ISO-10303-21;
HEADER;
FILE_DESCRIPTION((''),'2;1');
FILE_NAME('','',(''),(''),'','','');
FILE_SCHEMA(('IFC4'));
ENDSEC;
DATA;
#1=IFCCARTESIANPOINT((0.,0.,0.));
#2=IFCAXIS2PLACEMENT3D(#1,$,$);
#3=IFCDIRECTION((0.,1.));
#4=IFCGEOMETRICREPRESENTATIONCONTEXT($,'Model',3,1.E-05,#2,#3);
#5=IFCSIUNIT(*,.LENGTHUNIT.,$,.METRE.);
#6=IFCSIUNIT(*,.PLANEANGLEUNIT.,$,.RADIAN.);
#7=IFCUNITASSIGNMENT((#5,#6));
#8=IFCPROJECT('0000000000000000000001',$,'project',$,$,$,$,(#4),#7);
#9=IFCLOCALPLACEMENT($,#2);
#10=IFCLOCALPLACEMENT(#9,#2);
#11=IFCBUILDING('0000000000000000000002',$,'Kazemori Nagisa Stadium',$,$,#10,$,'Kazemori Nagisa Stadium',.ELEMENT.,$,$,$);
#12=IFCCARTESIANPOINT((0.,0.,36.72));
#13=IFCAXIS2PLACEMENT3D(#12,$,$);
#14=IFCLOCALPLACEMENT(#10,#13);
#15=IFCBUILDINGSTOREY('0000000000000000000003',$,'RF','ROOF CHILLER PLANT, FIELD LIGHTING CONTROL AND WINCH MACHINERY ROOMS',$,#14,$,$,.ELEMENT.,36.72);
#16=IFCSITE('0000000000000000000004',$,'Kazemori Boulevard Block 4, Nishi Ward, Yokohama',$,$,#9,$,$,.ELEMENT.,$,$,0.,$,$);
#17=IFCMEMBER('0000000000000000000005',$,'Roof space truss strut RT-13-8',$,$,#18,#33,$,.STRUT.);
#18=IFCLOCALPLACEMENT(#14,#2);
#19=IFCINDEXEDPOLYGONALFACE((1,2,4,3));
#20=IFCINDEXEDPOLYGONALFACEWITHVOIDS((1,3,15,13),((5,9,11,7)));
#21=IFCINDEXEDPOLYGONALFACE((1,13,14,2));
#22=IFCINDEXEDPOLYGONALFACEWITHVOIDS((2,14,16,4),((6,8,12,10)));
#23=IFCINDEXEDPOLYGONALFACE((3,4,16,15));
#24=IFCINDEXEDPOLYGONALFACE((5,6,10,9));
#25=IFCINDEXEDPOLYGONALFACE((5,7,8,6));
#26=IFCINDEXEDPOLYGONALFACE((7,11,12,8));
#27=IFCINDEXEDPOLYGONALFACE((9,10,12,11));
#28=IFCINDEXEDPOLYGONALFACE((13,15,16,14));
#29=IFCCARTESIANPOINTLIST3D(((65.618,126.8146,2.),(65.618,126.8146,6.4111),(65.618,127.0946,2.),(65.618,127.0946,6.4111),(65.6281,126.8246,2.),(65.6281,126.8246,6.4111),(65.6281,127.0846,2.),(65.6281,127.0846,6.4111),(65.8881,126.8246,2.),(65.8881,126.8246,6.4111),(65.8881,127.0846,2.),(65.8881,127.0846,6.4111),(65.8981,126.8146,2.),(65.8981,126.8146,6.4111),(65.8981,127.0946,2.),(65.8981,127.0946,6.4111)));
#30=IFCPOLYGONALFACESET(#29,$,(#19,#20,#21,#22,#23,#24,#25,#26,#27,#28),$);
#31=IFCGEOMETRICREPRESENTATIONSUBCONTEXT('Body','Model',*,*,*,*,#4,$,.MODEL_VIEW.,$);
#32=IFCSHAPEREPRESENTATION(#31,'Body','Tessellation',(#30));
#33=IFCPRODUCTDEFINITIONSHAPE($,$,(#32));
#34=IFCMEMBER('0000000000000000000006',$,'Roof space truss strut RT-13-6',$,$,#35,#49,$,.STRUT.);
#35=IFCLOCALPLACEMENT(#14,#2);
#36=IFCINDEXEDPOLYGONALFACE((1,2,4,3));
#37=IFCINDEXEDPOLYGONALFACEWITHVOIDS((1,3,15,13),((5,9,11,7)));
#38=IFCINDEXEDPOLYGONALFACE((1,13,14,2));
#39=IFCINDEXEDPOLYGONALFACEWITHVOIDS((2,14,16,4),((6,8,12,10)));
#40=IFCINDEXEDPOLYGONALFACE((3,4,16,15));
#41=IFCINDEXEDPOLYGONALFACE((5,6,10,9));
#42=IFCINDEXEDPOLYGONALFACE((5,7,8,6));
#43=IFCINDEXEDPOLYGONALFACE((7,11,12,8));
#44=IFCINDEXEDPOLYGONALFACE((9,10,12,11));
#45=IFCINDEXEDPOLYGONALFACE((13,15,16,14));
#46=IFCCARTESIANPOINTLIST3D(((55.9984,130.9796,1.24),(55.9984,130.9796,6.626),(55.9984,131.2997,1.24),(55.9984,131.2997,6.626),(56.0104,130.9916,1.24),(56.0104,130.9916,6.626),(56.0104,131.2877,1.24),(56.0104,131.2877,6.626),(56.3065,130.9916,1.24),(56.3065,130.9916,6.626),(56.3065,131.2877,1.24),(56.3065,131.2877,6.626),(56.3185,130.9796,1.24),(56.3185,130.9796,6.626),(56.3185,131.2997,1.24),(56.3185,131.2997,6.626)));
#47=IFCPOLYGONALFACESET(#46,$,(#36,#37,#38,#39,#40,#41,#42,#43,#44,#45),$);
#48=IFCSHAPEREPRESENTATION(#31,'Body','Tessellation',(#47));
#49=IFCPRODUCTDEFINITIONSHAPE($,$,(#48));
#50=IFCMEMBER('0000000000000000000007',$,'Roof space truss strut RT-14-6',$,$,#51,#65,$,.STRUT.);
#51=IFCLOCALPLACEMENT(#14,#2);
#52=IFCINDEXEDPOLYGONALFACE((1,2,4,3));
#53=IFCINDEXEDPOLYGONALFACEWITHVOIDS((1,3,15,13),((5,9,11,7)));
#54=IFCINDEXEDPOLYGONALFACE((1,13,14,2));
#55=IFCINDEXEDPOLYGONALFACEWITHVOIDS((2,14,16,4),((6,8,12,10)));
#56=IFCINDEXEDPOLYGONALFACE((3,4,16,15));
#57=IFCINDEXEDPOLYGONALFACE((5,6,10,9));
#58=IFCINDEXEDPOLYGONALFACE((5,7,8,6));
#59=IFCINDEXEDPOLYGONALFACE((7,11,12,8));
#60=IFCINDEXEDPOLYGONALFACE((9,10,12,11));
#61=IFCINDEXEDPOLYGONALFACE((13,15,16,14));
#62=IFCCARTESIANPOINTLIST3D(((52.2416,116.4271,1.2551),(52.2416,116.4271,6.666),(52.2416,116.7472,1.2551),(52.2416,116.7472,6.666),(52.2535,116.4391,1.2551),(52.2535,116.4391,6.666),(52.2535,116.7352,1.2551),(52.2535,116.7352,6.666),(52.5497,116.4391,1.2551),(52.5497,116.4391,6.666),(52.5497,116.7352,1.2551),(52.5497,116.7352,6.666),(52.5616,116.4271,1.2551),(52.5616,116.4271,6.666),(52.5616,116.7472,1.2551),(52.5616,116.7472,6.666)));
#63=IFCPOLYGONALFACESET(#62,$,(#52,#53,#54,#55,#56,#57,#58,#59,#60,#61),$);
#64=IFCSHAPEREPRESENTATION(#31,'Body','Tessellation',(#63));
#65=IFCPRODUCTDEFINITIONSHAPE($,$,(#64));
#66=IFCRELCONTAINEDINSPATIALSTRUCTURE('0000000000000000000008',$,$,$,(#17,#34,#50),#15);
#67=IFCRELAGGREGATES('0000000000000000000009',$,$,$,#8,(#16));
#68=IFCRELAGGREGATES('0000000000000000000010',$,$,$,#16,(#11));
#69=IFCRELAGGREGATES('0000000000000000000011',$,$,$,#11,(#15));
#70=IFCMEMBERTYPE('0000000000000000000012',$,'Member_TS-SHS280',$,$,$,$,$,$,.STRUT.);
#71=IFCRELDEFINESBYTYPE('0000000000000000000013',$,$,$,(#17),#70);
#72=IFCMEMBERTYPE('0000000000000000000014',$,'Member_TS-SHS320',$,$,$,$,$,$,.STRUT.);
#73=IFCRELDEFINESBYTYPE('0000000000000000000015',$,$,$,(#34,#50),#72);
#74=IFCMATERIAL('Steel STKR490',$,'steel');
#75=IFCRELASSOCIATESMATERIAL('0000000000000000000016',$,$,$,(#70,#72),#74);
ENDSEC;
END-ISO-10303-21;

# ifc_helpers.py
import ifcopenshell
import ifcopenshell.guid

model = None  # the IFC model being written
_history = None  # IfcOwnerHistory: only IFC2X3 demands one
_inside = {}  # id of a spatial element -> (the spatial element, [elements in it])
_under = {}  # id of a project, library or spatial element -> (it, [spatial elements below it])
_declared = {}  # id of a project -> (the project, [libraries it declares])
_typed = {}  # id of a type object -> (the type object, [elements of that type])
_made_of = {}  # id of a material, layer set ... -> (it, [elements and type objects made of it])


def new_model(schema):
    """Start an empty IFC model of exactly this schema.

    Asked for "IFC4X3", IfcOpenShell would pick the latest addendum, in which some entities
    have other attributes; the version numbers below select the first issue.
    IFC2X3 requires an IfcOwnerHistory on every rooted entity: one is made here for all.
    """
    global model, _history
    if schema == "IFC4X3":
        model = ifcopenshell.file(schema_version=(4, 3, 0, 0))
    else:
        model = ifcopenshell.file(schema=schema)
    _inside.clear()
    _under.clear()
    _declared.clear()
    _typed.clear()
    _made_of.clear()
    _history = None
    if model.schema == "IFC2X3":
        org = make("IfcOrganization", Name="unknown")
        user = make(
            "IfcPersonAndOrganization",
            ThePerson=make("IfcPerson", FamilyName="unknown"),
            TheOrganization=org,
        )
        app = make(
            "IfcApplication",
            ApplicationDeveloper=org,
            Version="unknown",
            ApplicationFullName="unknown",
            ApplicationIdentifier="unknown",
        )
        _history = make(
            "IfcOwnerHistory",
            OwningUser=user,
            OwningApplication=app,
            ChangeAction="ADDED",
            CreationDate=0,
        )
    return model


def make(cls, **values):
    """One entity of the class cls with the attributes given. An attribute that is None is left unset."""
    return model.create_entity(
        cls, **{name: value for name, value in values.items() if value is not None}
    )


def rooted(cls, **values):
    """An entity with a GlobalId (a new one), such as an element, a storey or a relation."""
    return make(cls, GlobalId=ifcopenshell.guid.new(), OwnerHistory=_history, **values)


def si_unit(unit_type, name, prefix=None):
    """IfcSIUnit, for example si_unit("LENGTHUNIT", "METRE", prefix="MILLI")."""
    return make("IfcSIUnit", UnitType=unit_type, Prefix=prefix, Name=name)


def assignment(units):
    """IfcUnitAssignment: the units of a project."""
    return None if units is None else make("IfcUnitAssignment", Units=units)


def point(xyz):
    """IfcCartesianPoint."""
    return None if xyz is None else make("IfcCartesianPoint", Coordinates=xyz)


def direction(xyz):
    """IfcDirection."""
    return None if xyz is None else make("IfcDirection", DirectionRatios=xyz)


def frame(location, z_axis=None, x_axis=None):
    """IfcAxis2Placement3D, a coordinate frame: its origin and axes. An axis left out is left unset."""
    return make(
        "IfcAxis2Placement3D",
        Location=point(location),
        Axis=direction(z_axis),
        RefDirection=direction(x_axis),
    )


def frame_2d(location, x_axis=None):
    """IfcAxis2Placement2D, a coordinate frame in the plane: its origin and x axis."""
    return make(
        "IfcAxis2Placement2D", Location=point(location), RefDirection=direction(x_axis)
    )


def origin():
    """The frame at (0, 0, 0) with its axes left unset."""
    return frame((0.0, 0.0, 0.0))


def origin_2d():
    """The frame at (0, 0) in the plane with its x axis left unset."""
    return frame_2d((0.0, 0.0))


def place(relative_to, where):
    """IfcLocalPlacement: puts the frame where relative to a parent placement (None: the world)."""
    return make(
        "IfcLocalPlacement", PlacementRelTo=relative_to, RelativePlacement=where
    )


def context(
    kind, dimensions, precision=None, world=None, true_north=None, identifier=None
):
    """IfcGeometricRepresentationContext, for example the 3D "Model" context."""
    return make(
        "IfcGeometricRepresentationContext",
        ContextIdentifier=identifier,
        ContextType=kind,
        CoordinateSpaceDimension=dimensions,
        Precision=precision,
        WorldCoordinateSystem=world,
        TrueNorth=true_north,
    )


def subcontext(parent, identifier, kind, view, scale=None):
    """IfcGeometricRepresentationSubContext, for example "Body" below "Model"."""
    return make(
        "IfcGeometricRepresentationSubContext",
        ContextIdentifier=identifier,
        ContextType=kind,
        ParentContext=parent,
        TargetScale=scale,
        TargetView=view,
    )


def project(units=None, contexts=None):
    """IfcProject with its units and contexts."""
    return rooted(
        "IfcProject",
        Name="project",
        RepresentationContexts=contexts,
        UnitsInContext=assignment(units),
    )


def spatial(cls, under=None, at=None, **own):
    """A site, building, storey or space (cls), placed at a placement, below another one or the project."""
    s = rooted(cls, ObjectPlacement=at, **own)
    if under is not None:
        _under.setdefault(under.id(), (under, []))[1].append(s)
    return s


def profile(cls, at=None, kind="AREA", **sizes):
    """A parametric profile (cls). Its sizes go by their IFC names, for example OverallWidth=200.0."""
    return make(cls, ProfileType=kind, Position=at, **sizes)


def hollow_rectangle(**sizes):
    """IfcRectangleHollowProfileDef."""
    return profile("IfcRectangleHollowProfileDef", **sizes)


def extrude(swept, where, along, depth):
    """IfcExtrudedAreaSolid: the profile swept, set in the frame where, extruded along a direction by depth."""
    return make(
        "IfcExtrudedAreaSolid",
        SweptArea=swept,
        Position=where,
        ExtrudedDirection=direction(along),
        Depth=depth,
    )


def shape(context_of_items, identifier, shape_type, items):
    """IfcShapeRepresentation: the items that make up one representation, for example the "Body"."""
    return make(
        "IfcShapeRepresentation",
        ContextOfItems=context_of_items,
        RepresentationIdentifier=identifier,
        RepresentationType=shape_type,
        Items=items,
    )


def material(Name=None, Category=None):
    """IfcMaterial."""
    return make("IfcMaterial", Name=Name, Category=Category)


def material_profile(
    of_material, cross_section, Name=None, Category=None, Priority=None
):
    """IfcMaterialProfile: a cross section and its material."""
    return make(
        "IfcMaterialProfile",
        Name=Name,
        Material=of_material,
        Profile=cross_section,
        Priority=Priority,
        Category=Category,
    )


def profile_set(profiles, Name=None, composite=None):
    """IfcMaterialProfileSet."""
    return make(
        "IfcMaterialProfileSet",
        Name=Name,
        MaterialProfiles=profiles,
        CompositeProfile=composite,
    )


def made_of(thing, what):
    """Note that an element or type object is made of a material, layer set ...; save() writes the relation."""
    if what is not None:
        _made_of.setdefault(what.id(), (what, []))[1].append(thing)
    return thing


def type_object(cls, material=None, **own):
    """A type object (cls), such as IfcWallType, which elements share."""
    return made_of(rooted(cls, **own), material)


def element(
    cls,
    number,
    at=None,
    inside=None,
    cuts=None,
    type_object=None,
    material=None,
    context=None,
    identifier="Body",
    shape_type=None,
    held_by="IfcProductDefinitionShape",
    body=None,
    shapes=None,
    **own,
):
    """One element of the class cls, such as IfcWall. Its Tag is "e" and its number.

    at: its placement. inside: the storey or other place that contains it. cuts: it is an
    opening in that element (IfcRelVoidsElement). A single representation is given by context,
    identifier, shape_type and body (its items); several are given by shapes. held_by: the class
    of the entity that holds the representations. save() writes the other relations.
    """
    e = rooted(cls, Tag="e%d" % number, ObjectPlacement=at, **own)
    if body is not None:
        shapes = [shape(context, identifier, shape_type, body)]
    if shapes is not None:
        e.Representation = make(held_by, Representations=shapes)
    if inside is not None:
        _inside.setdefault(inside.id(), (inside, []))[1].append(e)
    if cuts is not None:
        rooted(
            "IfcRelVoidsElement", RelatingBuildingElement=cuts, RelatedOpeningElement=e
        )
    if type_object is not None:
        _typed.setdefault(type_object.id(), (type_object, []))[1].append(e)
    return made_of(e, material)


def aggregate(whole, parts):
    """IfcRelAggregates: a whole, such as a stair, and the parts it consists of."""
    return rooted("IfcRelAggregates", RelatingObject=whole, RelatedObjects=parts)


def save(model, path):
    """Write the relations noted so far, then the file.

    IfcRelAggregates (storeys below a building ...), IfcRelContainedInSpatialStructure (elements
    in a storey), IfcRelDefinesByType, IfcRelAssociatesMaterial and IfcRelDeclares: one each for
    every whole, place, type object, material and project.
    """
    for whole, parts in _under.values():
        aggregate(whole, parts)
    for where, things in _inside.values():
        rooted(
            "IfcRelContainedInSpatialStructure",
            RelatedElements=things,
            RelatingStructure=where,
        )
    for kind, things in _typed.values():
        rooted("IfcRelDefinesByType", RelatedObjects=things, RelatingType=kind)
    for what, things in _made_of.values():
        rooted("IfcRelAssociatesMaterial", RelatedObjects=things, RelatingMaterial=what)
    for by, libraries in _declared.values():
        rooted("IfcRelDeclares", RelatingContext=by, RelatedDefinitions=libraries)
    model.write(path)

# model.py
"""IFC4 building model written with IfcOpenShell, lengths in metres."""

from ifc_helpers import new_model, si_unit, direction, frame, origin, origin_2d, place, context, subcontext, project, spatial, hollow_rectangle, extrude, material, material_profile, profile_set, type_object, element, save


model = new_model("IFC4")

# Units and contexts
model_context = context("Model", 3, precision=1e-05, world=origin(), true_north=direction((0.0, 1.0)))
body_context = subcontext(model_context, "Body", "Model", "MODEL_VIEW")
ifc_project = project(units=[si_unit("LENGTHUNIT", "METRE"), si_unit("PLANEANGLEUNIT", "RADIAN")], contexts=[model_context])

# Site, building, storey
site_placement = place(None, origin())
site = spatial("IfcSite", under=ifc_project, at=site_placement, Name="Kazemori Boulevard Block 4, Nishi Ward, Yokohama", CompositionType="ELEMENT", RefElevation=0.0)
building_placement = place(site_placement, origin())
building = spatial("IfcBuilding", under=site, at=building_placement, Name="Kazemori Nagisa Stadium", LongName="Kazemori Nagisa Stadium", CompositionType="ELEMENT")
storey_placement = place(building_placement, frame((0.0, 0.0, 36.72)))
storey = spatial("IfcBuildingStorey", under=building, at=storey_placement, Name="RF", Description="ROOF CHILLER PLANT, FIELD LIGHTING CONTROL AND WINCH MACHINERY ROOMS", CompositionType="ELEMENT", Elevation=36.72)

# Members
ifc_material_1 = material(Name="Steel STKR490", Category="steel")
ifc_material_profile_1 = material_profile(ifc_material_1, hollow_rectangle(XDim=0.28, YDim=0.28, WallThickness=0.01, at=origin_2d()), Name="SHS-280x280x10")
ifc_profile_set_1 = profile_set([ifc_material_profile_1], Name="Steel STKR490")
member_type_1 = type_object("IfcMemberType", Name="Member_TS-SHS280", PredefinedType="STRUT", material=ifc_profile_set_1)
member_1_placement = place(storey_placement, frame((65.7581, 126.9546, 2.0), z_axis=(0.0, 0.0, 1.0), x_axis=(1.0, 0.0, 0.0)))
element("IfcMember", 1, at=member_1_placement, inside=storey, type_object=member_type_1, Name="Roof space truss strut RT-13-8", PredefinedType="STRUT", context=body_context, shape_type="SweptSolid", body=[
    extrude(hollow_rectangle(XDim=0.28, YDim=0.28, WallThickness=0.01, at=origin_2d()), origin(), (0.0, 0.0, 1.0), 4.4111),
])
ifc_material_profile_2 = material_profile(ifc_material_1, hollow_rectangle(XDim=0.3201, YDim=0.3201, WallThickness=0.012, at=origin_2d()), Name="SHS-320x320x12")
ifc_profile_set_2 = profile_set([ifc_material_profile_2], Name="Steel STKR490")
member_type_2 = type_object("IfcMemberType", Name="Member_TS-SHS320", PredefinedType="STRUT", material=ifc_profile_set_2)
member_2_placement = place(storey_placement, frame((56.1584, 131.1396, 1.24), z_axis=(0.0, 0.0, 1.0), x_axis=(1.0, 0.0, 0.0)))
element("IfcMember", 2, at=member_2_placement, inside=storey, type_object=member_type_2, Name="Roof space truss strut RT-13-6", PredefinedType="STRUT", context=body_context, shape_type="SweptSolid", body=[
    extrude(hollow_rectangle(XDim=0.3201, YDim=0.3201, WallThickness=0.012, at=origin_2d()), origin(), (0.0, 0.0, 1.0), 5.386),
])
member_3_placement = place(storey_placement, frame((52.4016, 116.5872, 1.2551), z_axis=(0.0, 0.0, 1.0), x_axis=(1.0, 0.0, 0.0)))
element("IfcMember", 3, at=member_3_placement, inside=storey, type_object=member_type_2, Name="Roof space truss strut RT-14-6", PredefinedType="STRUT", context=body_context, shape_type="SweptSolid", body=[
    extrude(hollow_rectangle(XDim=0.3201, YDim=0.3201, WallThickness=0.012, at=origin_2d()), origin(), (0.0, 0.0, 1.0), 5.4109),
])

save(model, "model.ifc")
